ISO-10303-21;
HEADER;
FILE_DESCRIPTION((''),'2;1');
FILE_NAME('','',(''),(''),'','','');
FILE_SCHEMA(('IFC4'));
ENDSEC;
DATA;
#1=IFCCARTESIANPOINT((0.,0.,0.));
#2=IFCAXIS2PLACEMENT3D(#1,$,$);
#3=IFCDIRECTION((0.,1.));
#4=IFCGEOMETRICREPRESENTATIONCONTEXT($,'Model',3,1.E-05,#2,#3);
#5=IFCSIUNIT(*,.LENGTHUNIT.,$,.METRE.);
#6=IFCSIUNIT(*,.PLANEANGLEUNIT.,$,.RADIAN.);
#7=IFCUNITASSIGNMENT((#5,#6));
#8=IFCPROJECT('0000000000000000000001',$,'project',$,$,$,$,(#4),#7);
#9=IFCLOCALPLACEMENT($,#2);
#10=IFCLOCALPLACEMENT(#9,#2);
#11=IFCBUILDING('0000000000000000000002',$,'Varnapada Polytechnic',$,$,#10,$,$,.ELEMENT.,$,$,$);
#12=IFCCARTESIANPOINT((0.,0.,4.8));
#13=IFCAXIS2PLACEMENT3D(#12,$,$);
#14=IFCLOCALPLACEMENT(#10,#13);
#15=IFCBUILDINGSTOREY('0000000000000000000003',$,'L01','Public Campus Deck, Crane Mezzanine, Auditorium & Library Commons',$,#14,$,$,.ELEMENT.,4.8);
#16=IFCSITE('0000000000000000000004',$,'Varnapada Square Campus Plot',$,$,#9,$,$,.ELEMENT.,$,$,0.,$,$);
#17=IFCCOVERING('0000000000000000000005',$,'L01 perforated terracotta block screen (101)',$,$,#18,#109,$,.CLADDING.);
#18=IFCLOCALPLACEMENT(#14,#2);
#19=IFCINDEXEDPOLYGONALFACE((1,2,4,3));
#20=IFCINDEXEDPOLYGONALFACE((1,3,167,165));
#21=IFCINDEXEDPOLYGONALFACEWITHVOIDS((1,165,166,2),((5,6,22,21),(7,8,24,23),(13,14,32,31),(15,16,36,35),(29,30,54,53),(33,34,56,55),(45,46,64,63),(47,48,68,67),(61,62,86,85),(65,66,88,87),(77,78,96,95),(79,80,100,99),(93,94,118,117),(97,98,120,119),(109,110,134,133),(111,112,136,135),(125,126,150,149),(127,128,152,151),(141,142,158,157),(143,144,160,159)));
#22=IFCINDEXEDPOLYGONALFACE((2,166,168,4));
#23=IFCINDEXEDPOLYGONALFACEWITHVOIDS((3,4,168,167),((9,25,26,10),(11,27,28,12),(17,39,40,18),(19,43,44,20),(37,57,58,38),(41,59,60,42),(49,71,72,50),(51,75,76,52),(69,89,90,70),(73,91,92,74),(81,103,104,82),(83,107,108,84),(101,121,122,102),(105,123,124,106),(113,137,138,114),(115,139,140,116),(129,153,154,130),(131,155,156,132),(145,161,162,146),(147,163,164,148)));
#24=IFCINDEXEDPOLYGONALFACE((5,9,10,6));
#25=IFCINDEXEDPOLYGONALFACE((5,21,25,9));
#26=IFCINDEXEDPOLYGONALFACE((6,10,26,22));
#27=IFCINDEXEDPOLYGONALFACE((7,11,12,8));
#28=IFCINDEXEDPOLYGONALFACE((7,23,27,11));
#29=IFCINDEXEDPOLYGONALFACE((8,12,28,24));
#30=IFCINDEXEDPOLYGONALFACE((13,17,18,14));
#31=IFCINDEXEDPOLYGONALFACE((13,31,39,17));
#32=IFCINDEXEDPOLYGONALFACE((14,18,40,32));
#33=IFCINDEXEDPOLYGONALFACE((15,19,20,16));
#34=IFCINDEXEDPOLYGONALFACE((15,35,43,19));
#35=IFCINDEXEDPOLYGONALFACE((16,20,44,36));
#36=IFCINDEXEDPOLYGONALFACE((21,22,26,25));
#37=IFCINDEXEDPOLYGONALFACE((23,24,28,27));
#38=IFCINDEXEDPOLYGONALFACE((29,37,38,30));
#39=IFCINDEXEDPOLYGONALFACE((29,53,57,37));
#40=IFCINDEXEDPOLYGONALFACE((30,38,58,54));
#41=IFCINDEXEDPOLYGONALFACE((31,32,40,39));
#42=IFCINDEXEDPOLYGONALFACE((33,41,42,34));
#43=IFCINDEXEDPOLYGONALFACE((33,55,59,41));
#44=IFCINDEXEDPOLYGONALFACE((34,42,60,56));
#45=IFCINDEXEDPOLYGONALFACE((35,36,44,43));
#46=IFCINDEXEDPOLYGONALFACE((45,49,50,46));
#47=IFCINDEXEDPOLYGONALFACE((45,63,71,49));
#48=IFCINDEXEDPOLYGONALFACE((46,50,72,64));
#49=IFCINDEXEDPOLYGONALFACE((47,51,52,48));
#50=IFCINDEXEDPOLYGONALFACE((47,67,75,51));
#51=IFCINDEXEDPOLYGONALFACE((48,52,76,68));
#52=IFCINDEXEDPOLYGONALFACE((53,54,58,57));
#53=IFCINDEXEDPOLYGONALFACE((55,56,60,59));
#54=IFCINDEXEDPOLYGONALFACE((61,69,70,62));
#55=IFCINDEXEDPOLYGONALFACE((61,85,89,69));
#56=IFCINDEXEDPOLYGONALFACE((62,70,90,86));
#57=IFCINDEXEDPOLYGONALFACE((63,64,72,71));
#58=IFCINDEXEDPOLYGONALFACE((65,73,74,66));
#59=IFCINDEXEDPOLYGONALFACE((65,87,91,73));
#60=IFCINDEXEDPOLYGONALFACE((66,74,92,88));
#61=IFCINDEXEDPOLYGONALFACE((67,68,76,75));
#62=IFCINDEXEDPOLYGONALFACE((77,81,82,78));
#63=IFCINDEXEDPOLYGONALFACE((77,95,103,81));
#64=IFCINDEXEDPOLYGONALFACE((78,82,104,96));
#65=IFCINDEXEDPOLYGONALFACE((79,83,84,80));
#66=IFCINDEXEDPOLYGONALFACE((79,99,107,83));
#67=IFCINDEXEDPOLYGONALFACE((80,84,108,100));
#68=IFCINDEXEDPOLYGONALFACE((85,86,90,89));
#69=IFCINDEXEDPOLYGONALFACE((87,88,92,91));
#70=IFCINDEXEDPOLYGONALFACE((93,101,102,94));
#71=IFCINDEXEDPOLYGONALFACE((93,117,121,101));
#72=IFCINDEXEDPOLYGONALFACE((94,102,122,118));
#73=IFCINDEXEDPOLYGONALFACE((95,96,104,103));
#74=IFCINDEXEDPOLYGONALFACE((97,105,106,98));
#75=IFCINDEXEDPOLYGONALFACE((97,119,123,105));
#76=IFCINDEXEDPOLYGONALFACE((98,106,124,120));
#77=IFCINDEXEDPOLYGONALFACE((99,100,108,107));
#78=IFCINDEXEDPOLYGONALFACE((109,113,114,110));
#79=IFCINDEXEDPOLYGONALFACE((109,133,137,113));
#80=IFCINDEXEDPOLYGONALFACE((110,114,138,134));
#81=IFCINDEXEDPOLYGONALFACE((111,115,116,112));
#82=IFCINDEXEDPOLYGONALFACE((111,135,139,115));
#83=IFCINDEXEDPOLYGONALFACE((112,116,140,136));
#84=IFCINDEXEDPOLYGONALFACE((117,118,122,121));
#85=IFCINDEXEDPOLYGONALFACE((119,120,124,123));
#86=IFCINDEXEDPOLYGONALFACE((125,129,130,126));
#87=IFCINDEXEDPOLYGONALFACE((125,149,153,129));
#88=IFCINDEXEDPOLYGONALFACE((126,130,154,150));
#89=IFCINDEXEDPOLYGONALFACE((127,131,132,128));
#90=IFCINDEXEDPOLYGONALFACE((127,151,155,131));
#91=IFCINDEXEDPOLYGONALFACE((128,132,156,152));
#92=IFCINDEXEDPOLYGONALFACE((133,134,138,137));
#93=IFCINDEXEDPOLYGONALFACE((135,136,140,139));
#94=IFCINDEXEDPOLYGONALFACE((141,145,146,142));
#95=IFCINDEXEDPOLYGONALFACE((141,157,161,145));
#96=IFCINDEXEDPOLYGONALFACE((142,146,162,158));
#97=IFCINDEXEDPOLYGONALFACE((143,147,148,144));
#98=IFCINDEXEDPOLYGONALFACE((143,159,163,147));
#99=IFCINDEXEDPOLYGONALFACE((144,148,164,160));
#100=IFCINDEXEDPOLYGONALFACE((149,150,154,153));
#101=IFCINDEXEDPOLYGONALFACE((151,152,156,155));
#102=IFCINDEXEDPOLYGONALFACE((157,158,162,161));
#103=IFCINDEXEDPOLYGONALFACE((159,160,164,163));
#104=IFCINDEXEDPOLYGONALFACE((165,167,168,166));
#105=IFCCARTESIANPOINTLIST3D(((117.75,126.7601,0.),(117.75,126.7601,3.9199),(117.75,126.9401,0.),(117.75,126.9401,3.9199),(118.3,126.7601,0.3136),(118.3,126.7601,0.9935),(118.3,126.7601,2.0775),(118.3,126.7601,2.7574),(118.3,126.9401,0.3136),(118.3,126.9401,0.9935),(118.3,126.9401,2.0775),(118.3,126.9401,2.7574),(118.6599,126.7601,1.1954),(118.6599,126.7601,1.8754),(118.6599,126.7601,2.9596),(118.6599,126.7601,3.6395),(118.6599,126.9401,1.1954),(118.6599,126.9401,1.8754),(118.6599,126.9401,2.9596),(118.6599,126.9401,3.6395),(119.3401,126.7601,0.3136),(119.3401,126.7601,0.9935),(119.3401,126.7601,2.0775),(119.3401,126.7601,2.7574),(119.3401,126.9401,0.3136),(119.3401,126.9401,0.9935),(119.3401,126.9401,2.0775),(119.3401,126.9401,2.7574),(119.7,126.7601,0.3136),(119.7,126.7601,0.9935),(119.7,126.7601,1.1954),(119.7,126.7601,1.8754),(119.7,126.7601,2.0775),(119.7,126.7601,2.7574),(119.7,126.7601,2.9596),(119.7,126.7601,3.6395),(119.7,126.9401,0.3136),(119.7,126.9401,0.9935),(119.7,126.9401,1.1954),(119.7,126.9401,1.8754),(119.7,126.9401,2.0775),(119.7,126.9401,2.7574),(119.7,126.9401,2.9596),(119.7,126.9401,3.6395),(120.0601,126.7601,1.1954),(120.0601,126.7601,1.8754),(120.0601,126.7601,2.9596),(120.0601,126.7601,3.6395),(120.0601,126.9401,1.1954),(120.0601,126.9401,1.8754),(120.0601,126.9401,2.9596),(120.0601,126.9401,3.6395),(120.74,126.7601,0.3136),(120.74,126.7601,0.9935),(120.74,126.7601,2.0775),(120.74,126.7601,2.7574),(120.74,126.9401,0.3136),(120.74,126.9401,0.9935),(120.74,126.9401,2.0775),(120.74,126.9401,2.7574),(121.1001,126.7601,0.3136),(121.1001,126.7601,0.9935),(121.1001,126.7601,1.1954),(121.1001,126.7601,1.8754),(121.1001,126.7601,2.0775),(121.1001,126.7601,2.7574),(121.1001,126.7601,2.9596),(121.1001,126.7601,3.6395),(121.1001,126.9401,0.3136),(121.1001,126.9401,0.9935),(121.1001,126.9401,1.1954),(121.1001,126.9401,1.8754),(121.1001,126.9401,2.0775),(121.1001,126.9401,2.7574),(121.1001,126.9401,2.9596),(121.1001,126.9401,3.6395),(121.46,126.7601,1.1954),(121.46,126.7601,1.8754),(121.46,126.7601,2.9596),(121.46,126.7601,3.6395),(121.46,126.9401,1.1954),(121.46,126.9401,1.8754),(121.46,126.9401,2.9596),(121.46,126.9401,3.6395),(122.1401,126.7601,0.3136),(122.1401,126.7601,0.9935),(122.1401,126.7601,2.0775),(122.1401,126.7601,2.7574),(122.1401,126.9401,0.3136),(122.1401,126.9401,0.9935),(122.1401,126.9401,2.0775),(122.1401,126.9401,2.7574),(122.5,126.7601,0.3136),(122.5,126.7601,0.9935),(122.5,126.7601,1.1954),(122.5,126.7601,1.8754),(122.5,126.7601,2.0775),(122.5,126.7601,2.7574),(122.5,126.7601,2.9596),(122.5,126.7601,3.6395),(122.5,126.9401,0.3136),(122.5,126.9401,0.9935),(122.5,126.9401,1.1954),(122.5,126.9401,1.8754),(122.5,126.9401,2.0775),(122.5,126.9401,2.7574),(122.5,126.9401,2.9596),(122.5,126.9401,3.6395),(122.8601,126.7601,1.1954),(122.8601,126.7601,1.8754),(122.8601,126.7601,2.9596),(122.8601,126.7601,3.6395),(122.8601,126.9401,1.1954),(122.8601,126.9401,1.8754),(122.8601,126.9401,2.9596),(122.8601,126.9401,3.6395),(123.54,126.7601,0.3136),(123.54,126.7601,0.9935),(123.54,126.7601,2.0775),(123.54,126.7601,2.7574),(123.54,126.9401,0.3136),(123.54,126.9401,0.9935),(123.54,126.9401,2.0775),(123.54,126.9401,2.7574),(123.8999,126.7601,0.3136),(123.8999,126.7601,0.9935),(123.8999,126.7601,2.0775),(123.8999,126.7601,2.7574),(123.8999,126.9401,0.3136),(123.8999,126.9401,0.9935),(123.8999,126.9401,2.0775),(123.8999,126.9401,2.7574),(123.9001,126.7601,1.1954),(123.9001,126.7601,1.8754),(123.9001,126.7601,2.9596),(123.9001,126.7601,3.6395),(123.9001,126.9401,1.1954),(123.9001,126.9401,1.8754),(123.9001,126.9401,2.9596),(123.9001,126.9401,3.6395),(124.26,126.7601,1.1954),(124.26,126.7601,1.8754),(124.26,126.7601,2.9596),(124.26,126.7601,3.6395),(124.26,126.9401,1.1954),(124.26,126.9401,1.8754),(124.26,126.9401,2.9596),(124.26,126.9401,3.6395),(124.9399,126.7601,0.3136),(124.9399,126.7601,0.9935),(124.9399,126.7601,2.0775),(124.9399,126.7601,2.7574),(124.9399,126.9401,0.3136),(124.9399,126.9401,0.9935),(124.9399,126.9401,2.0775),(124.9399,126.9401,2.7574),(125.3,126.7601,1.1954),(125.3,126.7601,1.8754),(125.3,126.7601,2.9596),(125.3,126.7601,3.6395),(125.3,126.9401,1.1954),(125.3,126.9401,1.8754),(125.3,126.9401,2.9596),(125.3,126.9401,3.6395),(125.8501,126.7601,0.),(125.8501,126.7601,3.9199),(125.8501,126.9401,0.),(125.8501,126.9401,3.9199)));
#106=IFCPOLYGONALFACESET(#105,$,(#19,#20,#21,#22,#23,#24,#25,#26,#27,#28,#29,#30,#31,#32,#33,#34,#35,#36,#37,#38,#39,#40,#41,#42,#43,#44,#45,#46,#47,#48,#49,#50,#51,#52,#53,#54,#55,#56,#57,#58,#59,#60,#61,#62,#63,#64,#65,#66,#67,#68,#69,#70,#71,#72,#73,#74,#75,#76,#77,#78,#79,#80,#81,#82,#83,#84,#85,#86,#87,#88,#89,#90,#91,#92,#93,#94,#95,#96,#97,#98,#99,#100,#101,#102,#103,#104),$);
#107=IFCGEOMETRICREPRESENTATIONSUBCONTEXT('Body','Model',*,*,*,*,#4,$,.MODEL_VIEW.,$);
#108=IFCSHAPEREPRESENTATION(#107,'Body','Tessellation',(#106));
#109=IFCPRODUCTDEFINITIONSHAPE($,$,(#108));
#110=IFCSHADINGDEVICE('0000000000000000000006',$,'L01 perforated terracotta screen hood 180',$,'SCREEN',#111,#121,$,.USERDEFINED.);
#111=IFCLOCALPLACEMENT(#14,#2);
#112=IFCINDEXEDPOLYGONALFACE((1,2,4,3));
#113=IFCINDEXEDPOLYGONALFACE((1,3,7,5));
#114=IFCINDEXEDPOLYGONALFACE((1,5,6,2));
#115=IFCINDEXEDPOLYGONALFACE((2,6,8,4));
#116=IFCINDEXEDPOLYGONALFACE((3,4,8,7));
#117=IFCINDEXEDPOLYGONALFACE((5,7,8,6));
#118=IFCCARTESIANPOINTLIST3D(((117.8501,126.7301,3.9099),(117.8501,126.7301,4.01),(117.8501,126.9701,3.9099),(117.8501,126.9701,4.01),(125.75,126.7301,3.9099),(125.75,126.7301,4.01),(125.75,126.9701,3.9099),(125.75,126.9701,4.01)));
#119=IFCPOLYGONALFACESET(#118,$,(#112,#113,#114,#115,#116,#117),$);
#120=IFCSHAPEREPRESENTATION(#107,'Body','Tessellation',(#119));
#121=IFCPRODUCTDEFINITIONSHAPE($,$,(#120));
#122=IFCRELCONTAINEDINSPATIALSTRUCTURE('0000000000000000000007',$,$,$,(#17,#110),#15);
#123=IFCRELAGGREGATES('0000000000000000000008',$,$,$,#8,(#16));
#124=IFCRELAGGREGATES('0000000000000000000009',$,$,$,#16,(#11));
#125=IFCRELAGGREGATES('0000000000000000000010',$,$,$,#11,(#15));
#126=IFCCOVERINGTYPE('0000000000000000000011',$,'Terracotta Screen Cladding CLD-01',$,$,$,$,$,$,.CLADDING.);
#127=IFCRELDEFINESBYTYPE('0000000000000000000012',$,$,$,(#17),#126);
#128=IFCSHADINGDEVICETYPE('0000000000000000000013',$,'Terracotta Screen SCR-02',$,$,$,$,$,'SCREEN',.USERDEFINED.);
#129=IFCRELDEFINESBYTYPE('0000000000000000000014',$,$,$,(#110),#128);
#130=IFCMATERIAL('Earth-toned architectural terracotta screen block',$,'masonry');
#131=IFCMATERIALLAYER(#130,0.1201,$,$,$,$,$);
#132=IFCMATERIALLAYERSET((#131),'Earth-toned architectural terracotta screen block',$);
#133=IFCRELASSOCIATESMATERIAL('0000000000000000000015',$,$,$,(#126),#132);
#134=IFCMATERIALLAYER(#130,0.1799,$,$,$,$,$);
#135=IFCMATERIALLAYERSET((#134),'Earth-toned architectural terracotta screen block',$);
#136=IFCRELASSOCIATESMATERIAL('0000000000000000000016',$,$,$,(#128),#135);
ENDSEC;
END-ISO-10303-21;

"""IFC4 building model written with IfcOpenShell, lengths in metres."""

from ifc_helpers import new_model, si_unit, direction, frame, frame_2d, origin, origin_2d, place, context, subcontext, project, spatial, rectangle, extrude, material, layer, layer_set, type_object, element, save


model = new_model("IFC4")

# Units and contexts
model_context = context("Model", 3, precision=1e-05, world=origin(), true_north=direction((0.0, 1.0)))
body_context = subcontext(model_context, "Body", "Model", "MODEL_VIEW")
ifc_project = project(units=[si_unit("LENGTHUNIT", "METRE"), si_unit("PLANEANGLEUNIT", "RADIAN")], contexts=[model_context])

# Site, building, storey
site_placement = place(None, origin())
site = spatial("IfcSite", under=ifc_project, at=site_placement, Name="Varnapada Square Campus Plot", CompositionType="ELEMENT", RefElevation=0.0)
building_placement = place(site_placement, origin())
building = spatial("IfcBuilding", under=site, at=building_placement, Name="Varnapada Polytechnic", CompositionType="ELEMENT")
storey_placement = place(building_placement, frame((0.0, 0.0, 4.8)))
storey = spatial("IfcBuildingStorey", under=building, at=storey_placement, Name="L01", Description="Public Campus Deck, Crane Mezzanine, Auditorium & Library Commons", CompositionType="ELEMENT", Elevation=4.8)

# Covering, openings
ifc_material_1 = material(Name="Earth-toned architectural terracotta screen block", Category="masonry")
ifc_layer_1 = layer(ifc_material_1, 0.1201)
ifc_layer_set_1 = layer_set([ifc_layer_1], Name="Earth-toned architectural terracotta screen block")
covering_type_1 = type_object("IfcCoveringType", Name="Terracotta Screen Cladding CLD-01", PredefinedType="CLADDING", material=ifc_layer_set_1)
covering_1_placement = place(storey_placement, frame((117.75, 126.8501, 0.0), z_axis=(0.0, 0.0, 1.0), x_axis=(1.0, 0.0, 0.0)))
covering_1 = element("IfcCovering", 1, at=covering_1_placement, inside=storey, type_object=covering_type_1, Name="L01 perforated terracotta block screen (101)", PredefinedType="CLADDING", context=body_context, shape_type="SweptSolid", body=[
    extrude(rectangle(XDim=8.1001, YDim=0.1799, at=frame_2d((4.05, 0.0))), origin(), (0.0, 0.0, 1.0), 3.9199),
])
opening_1_placement = place(covering_1_placement, frame((0.55, 0.0, 0.3137)))
element("IfcOpeningElement", 2, at=opening_1_placement, cuts=covering_1, PredefinedType="OPENING", context=body_context, shape_type="SweptSolid", body=[
    extrude(rectangle(XDim=1.04, YDim=0.6799, at=frame_2d((0.52, 0.3398))), frame((0.0, 0.0999, 0.0), z_axis=(0.0, -1.0, 0.0), x_axis=(1.0, 0.0, 0.0)), (0.0, 0.0, 1.0), 0.2),
])
opening_2_placement = place(covering_1_placement, frame((1.95, 0.0, 0.3137)))
element("IfcOpeningElement", 3, at=opening_2_placement, cuts=covering_1, PredefinedType="OPENING", context=body_context, shape_type="SweptSolid", body=[
    extrude(rectangle(XDim=1.04, YDim=0.6799, at=frame_2d((0.52, 0.3398))), frame((0.0, 0.0999, 0.0), z_axis=(0.0, -1.0, 0.0), x_axis=(1.0, 0.0, 0.0)), (0.0, 0.0, 1.0), 0.2),
])
opening_3_placement = place(covering_1_placement, frame((3.3501, 0.0, 0.3137)))
element("IfcOpeningElement", 4, at=opening_3_placement, cuts=covering_1, PredefinedType="OPENING", context=body_context, shape_type="SweptSolid", body=[
    extrude(rectangle(XDim=1.04, YDim=0.6799, at=frame_2d((0.52, 0.3398))), frame((0.0, 0.0999, 0.0), z_axis=(0.0, -1.0, 0.0), x_axis=(1.0, 0.0, 0.0)), (0.0, 0.0, 1.0), 0.2),
])
opening_4_placement = place(covering_1_placement, frame((4.75, 0.0, 0.3137)))
element("IfcOpeningElement", 5, at=opening_4_placement, cuts=covering_1, PredefinedType="OPENING", context=body_context, shape_type="SweptSolid", body=[
    extrude(rectangle(XDim=1.04, YDim=0.6799, at=frame_2d((0.52, 0.3398))), frame((0.0, 0.0999, 0.0), z_axis=(0.0, -1.0, 0.0), x_axis=(1.0, 0.0, 0.0)), (0.0, 0.0, 1.0), 0.2),
])
opening_5_placement = place(covering_1_placement, frame((6.1499, 0.0, 0.3137)))
element("IfcOpeningElement", 6, at=opening_5_placement, cuts=covering_1, PredefinedType="OPENING", context=body_context, shape_type="SweptSolid", body=[
    extrude(rectangle(XDim=1.04, YDim=0.6799, at=frame_2d((0.52, 0.3398))), frame((0.0, 0.0999, 0.0), z_axis=(0.0, -1.0, 0.0), x_axis=(1.0, 0.0, 0.0)), (0.0, 0.0, 1.0), 0.2),
])
opening_6_placement = place(covering_1_placement, frame((0.9099, 0.0, 1.1956)))
element("IfcOpeningElement", 7, at=opening_6_placement, cuts=covering_1, PredefinedType="OPENING", context=body_context, shape_type="SweptSolid", body=[
    extrude(rectangle(XDim=1.04, YDim=0.6799, at=frame_2d((0.52, 0.3398))), frame((0.0, 0.0999, 0.0), z_axis=(0.0, -1.0, 0.0), x_axis=(1.0, 0.0, 0.0)), (0.0, 0.0, 1.0), 0.2),
])
opening_7_placement = place(covering_1_placement, frame((2.3101, 0.0, 1.1956)))
element("IfcOpeningElement", 8, at=opening_7_placement, cuts=covering_1, PredefinedType="OPENING", context=body_context, shape_type="SweptSolid", body=[
    extrude(rectangle(XDim=1.04, YDim=0.6799, at=frame_2d((0.52, 0.3398))), frame((0.0, 0.0999, 0.0), z_axis=(0.0, -1.0, 0.0), x_axis=(1.0, 0.0, 0.0)), (0.0, 0.0, 1.0), 0.2),
])
opening_8_placement = place(covering_1_placement, frame((3.71, 0.0, 1.1956)))
element("IfcOpeningElement", 9, at=opening_8_placement, cuts=covering_1, PredefinedType="OPENING", context=body_context, shape_type="SweptSolid", body=[
    extrude(rectangle(XDim=1.04, YDim=0.6799, at=frame_2d((0.52, 0.3398))), frame((0.0, 0.0999, 0.0), z_axis=(0.0, -1.0, 0.0), x_axis=(1.0, 0.0, 0.0)), (0.0, 0.0, 1.0), 0.2),
])
opening_9_placement = place(covering_1_placement, frame((5.1101, 0.0, 1.1956)))
element("IfcOpeningElement", 10, at=opening_9_placement, cuts=covering_1, PredefinedType="OPENING", context=body_context, shape_type="SweptSolid", body=[
    extrude(rectangle(XDim=1.04, YDim=0.6799, at=frame_2d((0.52, 0.3398))), frame((0.0, 0.0999, 0.0), z_axis=(0.0, -1.0, 0.0), x_axis=(1.0, 0.0, 0.0)), (0.0, 0.0, 1.0), 0.2),
])
opening_10_placement = place(covering_1_placement, frame((6.51, 0.0, 1.1956)))
element("IfcOpeningElement", 11, at=opening_10_placement, cuts=covering_1, PredefinedType="OPENING", context=body_context, shape_type="SweptSolid", body=[
    extrude(rectangle(XDim=1.04, YDim=0.6799, at=frame_2d((0.52, 0.3398))), frame((0.0, 0.0999, 0.0), z_axis=(0.0, -1.0, 0.0), x_axis=(1.0, 0.0, 0.0)), (0.0, 0.0, 1.0), 0.2),
])
opening_11_placement = place(covering_1_placement, frame((0.55, 0.0, 2.0776)))
element("IfcOpeningElement", 12, at=opening_11_placement, cuts=covering_1, PredefinedType="OPENING", context=body_context, shape_type="SweptSolid", body=[
    extrude(rectangle(XDim=1.04, YDim=0.6799, at=frame_2d((0.52, 0.3398))), frame((0.0, 0.0999, 0.0), z_axis=(0.0, -1.0, 0.0), x_axis=(1.0, 0.0, 0.0)), (0.0, 0.0, 1.0), 0.2),
])
opening_12_placement = place(covering_1_placement, frame((1.95, 0.0, 2.0776)))
element("IfcOpeningElement", 13, at=opening_12_placement, cuts=covering_1, PredefinedType="OPENING", context=body_context, shape_type="SweptSolid", body=[
    extrude(rectangle(XDim=1.04, YDim=0.6799, at=frame_2d((0.52, 0.3398))), frame((0.0, 0.0999, 0.0), z_axis=(0.0, -1.0, 0.0), x_axis=(1.0, 0.0, 0.0)), (0.0, 0.0, 1.0), 0.2),
])
opening_13_placement = place(covering_1_placement, frame((3.3501, 0.0, 2.0776)))
element("IfcOpeningElement", 14, at=opening_13_placement, cuts=covering_1, PredefinedType="OPENING", context=body_context, shape_type="SweptSolid", body=[
    extrude(rectangle(XDim=1.04, YDim=0.6799, at=frame_2d((0.52, 0.3398))), frame((0.0, 0.0999, 0.0), z_axis=(0.0, -1.0, 0.0), x_axis=(1.0, 0.0, 0.0)), (0.0, 0.0, 1.0), 0.2),
])
opening_14_placement = place(covering_1_placement, frame((4.75, 0.0, 2.0776)))
element("IfcOpeningElement", 15, at=opening_14_placement, cuts=covering_1, PredefinedType="OPENING", context=body_context, shape_type="SweptSolid", body=[
    extrude(rectangle(XDim=1.04, YDim=0.6799, at=frame_2d((0.52, 0.3398))), frame((0.0, 0.0999, 0.0), z_axis=(0.0, -1.0, 0.0), x_axis=(1.0, 0.0, 0.0)), (0.0, 0.0, 1.0), 0.2),
])
opening_15_placement = place(covering_1_placement, frame((6.1499, 0.0, 2.0776)))
element("IfcOpeningElement", 16, at=opening_15_placement, cuts=covering_1, PredefinedType="OPENING", context=body_context, shape_type="SweptSolid", body=[
    extrude(rectangle(XDim=1.04, YDim=0.6799, at=frame_2d((0.52, 0.3398))), frame((0.0, 0.0999, 0.0), z_axis=(0.0, -1.0, 0.0), x_axis=(1.0, 0.0, 0.0)), (0.0, 0.0, 1.0), 0.2),
])
opening_16_placement = place(covering_1_placement, frame((0.9099, 0.0, 2.9597)))
element("IfcOpeningElement", 17, at=opening_16_placement, cuts=covering_1, PredefinedType="OPENING", context=body_context, shape_type="SweptSolid", body=[
    extrude(rectangle(XDim=1.04, YDim=0.6799, at=frame_2d((0.52, 0.3398))), frame((0.0, 0.0999, 0.0), z_axis=(0.0, -1.0, 0.0), x_axis=(1.0, 0.0, 0.0)), (0.0, 0.0, 1.0), 0.2),
])
opening_17_placement = place(covering_1_placement, frame((2.3101, 0.0, 2.9597)))
element("IfcOpeningElement", 18, at=opening_17_placement, cuts=covering_1, PredefinedType="OPENING", context=body_context, shape_type="SweptSolid", body=[
    extrude(rectangle(XDim=1.04, YDim=0.6799, at=frame_2d((0.52, 0.3398))), frame((0.0, 0.0999, 0.0), z_axis=(0.0, -1.0, 0.0), x_axis=(1.0, 0.0, 0.0)), (0.0, 0.0, 1.0), 0.2),
])
opening_18_placement = place(covering_1_placement, frame((3.71, 0.0, 2.9597)))
element("IfcOpeningElement", 19, at=opening_18_placement, cuts=covering_1, PredefinedType="OPENING", context=body_context, shape_type="SweptSolid", body=[
    extrude(rectangle(XDim=1.04, YDim=0.6799, at=frame_2d((0.52, 0.3398))), frame((0.0, 0.0999, 0.0), z_axis=(0.0, -1.0, 0.0), x_axis=(1.0, 0.0, 0.0)), (0.0, 0.0, 1.0), 0.2),
])
opening_19_placement = place(covering_1_placement, frame((5.1101, 0.0, 2.9597)))
element("IfcOpeningElement", 20, at=opening_19_placement, cuts=covering_1, PredefinedType="OPENING", context=body_context, shape_type="SweptSolid", body=[
    extrude(rectangle(XDim=1.04, YDim=0.6799, at=frame_2d((0.52, 0.3398))), frame((0.0, 0.0999, 0.0), z_axis=(0.0, -1.0, 0.0), x_axis=(1.0, 0.0, 0.0)), (0.0, 0.0, 1.0), 0.2),
])
opening_20_placement = place(covering_1_placement, frame((6.51, 0.0, 2.9597)))
element("IfcOpeningElement", 21, at=opening_20_placement, cuts=covering_1, PredefinedType="OPENING", context=body_context, shape_type="SweptSolid", body=[
    extrude(rectangle(XDim=1.04, YDim=0.6799, at=frame_2d((0.52, 0.3398))), frame((0.0, 0.0999, 0.0), z_axis=(0.0, -1.0, 0.0), x_axis=(1.0, 0.0, 0.0)), (0.0, 0.0, 1.0), 0.2),
])

# Shading device
ifc_layer_2 = layer(ifc_material_1, 0.1799)
ifc_layer_set_2 = layer_set([ifc_layer_2], Name="Earth-toned architectural terracotta screen block")
shading_device_type = type_object("IfcShadingDeviceType", Name="Terracotta Screen SCR-02", ElementType="SCREEN", PredefinedType="USERDEFINED", material=ifc_layer_set_2)
shading_device_placement = place(storey_placement, frame((121.8, 126.8501, 3.9099), z_axis=(0.0, 0.0, 1.0), x_axis=(1.0, 0.0, 0.0)))
element("IfcShadingDevice", 22, at=shading_device_placement, inside=storey, type_object=shading_device_type, Name="L01 perforated terracotta screen hood 180", ObjectType="SCREEN", PredefinedType="USERDEFINED", context=body_context, shape_type="SweptSolid", body=[
    extrude(rectangle(XDim=7.8999, YDim=0.24, at=origin_2d()), origin(), (0.0, 0.0, 1.0), 0.1001),
])

save(model, "model.ifc")
